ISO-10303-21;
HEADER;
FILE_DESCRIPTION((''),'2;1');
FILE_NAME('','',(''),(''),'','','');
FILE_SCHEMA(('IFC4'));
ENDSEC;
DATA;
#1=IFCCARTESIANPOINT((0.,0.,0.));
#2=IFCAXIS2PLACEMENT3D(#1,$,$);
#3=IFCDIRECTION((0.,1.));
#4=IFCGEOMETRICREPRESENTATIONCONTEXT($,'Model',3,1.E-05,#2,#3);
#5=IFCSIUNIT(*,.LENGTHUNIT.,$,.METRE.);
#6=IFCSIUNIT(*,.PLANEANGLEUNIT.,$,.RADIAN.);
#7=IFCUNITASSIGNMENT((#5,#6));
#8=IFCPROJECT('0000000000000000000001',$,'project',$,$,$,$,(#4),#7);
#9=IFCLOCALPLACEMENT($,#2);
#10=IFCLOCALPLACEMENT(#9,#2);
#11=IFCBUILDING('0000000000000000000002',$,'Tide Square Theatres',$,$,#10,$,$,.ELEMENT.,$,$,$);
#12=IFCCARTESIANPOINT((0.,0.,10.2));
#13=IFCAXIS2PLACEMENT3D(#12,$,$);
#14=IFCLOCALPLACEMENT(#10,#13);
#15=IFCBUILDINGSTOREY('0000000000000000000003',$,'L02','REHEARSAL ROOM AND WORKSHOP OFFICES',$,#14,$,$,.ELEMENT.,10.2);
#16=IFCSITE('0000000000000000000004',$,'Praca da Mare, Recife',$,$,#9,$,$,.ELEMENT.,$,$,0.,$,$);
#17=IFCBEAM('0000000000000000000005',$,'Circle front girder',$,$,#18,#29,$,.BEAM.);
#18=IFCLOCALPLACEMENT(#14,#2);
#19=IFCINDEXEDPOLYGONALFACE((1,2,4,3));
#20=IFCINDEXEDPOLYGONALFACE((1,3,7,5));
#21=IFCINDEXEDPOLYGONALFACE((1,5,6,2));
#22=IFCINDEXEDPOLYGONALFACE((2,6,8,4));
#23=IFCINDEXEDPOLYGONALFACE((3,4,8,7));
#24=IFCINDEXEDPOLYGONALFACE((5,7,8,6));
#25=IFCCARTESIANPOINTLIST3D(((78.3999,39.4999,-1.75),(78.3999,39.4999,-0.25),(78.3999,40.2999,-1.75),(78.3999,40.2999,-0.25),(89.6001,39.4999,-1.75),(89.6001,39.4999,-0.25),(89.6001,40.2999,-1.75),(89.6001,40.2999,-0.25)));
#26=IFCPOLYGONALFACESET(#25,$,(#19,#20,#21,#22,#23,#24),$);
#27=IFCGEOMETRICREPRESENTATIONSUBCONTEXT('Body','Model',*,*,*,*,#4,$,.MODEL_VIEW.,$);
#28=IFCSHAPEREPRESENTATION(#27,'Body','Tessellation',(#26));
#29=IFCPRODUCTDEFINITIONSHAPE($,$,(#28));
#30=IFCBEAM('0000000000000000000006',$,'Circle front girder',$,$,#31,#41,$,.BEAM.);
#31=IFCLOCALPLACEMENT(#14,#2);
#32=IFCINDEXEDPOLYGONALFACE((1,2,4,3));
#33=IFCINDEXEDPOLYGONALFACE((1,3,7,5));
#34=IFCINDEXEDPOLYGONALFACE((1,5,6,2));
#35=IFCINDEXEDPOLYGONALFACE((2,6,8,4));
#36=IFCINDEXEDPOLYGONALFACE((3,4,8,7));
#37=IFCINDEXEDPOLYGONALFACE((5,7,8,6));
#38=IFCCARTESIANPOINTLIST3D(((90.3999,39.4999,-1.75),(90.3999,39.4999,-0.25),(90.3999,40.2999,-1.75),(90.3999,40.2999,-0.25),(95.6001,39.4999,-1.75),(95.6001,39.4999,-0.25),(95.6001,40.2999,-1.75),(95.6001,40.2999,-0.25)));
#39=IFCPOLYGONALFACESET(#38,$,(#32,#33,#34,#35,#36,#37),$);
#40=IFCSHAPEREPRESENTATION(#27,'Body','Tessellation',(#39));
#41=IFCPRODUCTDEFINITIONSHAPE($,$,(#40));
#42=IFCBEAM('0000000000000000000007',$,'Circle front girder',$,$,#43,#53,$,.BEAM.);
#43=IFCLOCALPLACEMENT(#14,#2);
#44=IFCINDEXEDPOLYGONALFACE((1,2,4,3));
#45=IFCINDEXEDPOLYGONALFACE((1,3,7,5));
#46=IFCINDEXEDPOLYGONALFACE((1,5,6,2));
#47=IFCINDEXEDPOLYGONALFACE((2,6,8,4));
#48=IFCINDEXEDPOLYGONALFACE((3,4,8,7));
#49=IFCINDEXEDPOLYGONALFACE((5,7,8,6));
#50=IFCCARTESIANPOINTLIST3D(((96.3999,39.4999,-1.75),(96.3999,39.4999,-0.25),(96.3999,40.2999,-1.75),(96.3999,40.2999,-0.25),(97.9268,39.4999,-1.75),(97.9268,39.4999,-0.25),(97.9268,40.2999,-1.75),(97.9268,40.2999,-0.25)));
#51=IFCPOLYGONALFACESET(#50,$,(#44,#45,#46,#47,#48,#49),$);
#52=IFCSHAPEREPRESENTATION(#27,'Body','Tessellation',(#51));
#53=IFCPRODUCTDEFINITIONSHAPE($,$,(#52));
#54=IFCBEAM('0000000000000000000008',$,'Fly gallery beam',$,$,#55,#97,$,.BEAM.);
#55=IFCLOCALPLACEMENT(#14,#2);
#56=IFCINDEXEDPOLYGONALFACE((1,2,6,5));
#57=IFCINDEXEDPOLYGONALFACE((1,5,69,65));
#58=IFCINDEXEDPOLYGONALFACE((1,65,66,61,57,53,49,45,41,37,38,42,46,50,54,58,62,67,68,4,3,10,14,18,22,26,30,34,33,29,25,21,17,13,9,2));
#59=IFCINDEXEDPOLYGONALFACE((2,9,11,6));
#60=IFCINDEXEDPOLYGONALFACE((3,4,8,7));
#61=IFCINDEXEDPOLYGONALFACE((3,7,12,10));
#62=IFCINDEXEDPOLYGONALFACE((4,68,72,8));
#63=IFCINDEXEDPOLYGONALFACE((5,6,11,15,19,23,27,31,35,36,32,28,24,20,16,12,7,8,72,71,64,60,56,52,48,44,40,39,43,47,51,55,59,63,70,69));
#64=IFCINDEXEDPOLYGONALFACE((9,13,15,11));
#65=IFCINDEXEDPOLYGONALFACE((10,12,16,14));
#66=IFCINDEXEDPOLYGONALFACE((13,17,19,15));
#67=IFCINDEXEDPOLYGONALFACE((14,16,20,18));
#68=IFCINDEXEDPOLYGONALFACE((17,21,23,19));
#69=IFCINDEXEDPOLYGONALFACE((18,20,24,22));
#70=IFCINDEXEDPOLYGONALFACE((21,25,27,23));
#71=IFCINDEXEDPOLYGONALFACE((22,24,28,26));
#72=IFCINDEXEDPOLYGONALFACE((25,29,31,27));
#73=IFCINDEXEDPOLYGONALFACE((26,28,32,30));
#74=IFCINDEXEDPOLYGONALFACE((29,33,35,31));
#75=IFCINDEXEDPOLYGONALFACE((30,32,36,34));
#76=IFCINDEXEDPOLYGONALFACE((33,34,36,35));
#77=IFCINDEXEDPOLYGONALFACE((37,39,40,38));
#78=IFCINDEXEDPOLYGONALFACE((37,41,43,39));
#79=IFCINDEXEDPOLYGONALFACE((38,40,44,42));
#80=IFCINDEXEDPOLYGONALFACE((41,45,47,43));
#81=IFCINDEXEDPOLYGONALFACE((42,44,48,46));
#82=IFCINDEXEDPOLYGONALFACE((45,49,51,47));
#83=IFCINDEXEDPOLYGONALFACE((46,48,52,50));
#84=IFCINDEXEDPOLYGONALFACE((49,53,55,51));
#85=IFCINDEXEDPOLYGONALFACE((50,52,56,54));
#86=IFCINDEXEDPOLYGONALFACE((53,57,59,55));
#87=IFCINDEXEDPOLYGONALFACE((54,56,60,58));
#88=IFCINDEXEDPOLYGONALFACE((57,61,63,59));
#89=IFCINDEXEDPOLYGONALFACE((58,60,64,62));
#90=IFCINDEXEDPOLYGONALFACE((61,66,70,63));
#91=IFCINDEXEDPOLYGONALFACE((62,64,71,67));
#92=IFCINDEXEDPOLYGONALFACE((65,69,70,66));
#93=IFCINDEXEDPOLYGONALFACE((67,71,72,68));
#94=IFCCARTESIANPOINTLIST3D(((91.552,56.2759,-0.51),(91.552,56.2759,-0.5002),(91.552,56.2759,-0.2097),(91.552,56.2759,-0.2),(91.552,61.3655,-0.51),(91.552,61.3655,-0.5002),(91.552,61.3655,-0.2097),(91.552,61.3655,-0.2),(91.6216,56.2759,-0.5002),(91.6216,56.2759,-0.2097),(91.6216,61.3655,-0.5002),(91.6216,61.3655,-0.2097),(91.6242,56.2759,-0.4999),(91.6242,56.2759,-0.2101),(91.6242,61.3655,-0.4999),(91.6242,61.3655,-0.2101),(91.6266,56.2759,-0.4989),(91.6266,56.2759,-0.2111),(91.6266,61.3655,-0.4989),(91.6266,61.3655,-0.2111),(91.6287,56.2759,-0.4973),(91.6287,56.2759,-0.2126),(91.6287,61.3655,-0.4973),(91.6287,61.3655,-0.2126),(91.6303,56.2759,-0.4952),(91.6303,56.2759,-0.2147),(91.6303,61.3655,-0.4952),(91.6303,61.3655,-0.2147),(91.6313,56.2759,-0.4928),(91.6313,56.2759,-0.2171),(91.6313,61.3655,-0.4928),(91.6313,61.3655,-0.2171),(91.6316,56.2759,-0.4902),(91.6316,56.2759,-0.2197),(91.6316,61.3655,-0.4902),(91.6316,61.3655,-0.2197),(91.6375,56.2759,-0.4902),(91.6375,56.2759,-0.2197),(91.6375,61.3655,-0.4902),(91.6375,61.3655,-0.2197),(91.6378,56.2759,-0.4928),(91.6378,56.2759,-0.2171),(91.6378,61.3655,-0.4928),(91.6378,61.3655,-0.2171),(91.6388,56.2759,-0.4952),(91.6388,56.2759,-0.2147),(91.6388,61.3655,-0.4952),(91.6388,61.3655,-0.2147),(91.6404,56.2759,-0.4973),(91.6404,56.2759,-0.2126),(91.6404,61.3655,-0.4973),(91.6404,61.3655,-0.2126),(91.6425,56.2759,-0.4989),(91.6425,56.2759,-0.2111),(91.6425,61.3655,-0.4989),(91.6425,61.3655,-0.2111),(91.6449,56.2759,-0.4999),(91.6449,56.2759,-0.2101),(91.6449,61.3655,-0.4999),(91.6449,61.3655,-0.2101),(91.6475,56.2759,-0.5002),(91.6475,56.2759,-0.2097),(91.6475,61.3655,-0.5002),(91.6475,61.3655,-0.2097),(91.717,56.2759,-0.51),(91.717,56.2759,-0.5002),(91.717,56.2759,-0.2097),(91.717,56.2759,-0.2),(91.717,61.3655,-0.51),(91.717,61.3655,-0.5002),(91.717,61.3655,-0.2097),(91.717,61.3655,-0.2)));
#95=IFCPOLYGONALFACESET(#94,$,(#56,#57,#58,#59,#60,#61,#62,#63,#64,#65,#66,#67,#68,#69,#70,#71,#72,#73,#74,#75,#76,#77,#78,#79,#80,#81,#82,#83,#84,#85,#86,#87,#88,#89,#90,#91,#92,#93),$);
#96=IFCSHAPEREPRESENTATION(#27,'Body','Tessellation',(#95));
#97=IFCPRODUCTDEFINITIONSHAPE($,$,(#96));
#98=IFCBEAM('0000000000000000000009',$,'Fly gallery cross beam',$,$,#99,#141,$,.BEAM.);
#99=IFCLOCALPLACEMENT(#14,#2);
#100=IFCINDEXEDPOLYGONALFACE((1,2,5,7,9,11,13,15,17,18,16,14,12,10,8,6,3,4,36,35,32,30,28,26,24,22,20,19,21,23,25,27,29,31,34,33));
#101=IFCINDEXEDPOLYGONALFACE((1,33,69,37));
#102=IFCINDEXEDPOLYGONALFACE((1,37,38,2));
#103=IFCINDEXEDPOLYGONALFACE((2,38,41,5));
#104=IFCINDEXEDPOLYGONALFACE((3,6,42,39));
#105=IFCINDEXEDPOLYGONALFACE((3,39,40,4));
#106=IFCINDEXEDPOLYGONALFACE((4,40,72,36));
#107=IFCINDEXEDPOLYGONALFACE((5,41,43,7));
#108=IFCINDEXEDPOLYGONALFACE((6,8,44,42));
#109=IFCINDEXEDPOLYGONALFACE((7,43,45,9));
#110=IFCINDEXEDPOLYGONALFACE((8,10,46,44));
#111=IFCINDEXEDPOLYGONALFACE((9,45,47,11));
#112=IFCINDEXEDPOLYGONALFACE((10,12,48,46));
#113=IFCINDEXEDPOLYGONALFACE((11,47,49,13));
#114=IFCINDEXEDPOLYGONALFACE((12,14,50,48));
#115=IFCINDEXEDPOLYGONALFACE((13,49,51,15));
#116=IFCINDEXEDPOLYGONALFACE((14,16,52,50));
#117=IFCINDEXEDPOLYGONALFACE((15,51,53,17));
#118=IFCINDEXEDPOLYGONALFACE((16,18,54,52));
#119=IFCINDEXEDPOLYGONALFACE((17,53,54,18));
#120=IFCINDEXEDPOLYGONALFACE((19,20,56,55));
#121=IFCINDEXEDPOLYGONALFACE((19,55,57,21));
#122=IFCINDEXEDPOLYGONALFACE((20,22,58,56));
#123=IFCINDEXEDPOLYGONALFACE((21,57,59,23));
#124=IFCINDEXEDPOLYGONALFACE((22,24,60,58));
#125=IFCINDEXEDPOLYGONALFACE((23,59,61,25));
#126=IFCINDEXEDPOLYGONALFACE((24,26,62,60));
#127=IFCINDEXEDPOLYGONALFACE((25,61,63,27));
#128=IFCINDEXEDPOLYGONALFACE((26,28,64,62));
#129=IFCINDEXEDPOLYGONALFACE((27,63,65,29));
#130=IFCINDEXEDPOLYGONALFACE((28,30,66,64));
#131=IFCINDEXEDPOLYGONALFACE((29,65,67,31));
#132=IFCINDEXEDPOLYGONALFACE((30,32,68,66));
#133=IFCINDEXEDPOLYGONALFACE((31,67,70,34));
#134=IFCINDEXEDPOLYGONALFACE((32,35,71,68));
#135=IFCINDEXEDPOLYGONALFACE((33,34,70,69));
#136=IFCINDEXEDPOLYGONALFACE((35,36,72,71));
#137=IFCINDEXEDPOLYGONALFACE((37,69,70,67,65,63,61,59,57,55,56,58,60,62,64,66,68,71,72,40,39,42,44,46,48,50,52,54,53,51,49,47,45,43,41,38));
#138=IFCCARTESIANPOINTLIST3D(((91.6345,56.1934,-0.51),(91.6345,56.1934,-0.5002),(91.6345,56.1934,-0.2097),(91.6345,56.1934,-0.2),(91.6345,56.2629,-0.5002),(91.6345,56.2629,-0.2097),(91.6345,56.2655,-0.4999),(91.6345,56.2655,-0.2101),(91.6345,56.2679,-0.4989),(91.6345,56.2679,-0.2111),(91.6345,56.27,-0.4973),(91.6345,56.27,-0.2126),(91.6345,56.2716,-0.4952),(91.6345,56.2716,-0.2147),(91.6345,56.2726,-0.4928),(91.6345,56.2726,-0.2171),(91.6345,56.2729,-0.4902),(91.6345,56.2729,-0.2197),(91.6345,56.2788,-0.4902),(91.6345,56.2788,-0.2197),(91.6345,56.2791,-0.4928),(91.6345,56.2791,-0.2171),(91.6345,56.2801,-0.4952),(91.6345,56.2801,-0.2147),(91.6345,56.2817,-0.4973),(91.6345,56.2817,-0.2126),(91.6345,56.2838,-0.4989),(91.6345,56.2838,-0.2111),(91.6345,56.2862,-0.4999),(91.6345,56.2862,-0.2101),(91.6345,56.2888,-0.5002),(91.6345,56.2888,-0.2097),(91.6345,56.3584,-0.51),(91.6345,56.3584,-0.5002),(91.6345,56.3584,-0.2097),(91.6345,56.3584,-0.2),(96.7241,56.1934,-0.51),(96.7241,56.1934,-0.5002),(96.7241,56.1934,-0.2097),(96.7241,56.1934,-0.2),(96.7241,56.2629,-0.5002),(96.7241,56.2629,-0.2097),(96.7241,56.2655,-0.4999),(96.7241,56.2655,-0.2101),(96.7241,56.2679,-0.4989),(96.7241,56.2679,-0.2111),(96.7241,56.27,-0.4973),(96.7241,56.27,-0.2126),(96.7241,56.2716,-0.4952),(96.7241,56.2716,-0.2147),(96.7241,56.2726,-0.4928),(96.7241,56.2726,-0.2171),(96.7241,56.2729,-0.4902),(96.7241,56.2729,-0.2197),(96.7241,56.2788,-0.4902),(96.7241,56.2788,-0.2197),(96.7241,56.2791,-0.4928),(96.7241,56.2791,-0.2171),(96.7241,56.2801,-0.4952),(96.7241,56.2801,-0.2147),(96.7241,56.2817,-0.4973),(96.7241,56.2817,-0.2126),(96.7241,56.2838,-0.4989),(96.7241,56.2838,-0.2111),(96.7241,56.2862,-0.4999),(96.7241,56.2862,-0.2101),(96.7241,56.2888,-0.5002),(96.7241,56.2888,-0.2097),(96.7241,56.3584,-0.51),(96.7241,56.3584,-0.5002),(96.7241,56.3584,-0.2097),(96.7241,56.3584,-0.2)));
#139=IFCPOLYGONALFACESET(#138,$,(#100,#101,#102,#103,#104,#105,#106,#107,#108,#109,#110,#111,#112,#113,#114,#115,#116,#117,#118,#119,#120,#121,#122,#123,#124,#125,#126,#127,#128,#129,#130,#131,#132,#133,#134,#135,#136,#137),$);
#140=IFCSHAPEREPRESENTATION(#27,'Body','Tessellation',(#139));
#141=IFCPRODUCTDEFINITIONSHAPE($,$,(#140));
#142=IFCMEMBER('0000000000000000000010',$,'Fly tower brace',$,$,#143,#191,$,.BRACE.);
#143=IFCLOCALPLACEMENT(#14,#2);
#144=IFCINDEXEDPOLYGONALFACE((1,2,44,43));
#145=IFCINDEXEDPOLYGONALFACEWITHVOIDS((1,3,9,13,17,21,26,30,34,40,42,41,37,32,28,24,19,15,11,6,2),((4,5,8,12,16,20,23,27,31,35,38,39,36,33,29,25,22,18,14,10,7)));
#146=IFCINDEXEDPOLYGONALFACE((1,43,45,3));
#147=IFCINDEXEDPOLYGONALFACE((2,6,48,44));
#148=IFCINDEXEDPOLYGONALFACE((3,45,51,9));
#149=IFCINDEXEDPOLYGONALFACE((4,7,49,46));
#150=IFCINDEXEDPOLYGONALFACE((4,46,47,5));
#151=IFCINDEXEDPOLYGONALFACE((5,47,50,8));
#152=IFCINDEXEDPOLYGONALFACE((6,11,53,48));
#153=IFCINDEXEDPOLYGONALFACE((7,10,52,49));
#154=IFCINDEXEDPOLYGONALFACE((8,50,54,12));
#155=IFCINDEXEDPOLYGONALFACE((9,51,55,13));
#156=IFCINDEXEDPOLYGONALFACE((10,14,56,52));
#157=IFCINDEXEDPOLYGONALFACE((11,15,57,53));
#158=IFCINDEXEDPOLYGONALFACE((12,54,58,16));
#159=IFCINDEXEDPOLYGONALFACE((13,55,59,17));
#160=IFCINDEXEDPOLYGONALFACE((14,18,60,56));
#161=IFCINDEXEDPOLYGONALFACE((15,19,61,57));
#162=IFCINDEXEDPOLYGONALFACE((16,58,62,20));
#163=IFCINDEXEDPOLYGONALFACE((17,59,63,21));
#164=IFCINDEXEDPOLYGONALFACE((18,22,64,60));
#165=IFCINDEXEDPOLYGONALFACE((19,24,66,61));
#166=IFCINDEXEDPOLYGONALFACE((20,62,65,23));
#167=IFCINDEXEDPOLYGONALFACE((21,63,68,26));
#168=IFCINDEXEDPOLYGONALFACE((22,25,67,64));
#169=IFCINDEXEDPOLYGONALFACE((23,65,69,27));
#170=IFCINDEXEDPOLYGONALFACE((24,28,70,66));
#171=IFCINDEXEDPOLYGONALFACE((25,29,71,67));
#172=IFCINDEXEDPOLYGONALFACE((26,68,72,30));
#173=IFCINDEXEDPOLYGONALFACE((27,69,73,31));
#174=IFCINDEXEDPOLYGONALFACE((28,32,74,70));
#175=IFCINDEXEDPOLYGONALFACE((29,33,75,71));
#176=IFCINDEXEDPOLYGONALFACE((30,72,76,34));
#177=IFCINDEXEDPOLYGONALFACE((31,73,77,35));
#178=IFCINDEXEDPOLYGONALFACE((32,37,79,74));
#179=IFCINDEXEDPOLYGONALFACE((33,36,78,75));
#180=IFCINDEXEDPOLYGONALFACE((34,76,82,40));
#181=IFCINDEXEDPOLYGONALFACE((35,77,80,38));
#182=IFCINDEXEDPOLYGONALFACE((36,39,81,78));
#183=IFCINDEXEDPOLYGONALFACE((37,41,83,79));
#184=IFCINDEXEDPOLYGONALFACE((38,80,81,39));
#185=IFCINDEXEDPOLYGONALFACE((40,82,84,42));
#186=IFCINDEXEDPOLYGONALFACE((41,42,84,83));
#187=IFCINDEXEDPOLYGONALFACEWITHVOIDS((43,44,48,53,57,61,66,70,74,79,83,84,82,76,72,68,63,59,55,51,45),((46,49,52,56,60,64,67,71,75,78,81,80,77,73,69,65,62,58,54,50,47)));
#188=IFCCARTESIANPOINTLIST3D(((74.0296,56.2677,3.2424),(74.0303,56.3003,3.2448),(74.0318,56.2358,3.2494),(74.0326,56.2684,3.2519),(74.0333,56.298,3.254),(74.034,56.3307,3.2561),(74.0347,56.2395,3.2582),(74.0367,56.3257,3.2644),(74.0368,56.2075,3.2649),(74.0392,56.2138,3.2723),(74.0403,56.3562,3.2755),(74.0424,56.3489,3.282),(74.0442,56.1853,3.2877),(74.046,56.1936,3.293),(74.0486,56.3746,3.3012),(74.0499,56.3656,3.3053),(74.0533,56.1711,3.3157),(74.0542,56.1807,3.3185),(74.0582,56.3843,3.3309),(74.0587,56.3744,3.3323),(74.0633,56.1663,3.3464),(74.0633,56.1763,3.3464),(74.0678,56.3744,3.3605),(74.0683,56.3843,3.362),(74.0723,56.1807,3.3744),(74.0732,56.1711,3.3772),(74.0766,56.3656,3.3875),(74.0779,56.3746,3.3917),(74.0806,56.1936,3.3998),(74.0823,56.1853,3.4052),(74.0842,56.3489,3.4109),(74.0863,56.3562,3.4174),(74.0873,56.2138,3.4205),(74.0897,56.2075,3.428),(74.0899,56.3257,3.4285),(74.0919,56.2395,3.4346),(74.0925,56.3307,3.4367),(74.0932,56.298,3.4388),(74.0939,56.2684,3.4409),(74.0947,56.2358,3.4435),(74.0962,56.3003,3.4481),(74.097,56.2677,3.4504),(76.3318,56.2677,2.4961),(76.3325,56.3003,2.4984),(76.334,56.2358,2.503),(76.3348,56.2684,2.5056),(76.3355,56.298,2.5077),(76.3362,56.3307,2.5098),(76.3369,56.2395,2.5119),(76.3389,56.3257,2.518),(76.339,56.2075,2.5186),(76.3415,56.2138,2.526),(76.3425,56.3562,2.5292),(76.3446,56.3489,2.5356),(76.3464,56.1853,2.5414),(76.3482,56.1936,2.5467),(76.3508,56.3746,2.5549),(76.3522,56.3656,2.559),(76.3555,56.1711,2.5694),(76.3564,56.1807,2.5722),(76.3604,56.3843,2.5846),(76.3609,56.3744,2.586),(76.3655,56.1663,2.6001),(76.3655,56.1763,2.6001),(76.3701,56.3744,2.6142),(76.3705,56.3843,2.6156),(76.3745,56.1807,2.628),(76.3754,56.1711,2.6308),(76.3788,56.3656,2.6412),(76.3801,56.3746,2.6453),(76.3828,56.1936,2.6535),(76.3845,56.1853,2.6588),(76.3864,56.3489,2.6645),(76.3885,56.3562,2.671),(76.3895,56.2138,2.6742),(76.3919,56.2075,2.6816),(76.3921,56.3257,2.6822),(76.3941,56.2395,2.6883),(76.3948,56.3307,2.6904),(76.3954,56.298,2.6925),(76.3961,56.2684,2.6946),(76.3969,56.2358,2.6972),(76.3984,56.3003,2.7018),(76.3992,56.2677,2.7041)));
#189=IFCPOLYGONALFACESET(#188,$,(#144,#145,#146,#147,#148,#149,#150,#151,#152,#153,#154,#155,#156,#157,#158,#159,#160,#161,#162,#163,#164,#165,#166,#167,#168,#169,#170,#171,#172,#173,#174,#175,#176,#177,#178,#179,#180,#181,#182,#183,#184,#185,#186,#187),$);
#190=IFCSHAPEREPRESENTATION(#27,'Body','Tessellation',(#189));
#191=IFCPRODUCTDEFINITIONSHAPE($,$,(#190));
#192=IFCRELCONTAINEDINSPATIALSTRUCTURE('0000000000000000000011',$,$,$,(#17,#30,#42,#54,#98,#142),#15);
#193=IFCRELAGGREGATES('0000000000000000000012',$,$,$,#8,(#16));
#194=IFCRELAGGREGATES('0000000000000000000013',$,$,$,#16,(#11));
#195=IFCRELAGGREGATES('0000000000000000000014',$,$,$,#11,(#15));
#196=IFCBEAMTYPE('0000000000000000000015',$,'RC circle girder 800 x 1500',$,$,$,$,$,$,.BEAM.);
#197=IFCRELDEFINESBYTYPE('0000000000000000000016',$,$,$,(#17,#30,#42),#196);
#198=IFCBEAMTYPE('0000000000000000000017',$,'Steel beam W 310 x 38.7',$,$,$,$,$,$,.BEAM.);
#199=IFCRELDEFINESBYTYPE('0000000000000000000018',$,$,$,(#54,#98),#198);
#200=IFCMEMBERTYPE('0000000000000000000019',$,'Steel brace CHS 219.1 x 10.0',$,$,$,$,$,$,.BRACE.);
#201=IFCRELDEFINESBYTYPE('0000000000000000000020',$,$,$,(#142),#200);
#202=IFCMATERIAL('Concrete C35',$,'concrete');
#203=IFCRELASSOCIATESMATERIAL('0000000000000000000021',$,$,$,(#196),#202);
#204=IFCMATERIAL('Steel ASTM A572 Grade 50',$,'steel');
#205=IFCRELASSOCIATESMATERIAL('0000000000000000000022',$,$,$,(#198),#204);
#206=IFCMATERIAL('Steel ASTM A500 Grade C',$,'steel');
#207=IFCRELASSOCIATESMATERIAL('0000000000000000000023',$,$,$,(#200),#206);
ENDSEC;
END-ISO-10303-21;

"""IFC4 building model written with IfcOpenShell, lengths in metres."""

from ifc_helpers import new_model, si_unit, direction, frame, origin, origin_2d, place, context, subcontext, project, spatial, rectangle, hollow_circle, i_section, extrude, material, material_profile, profile_set, type_object, element, save


model = new_model("IFC4")

# Units and contexts
model_context = context("Model", 3, precision=1e-05, world=origin(), true_north=direction((0.0, 1.0)))
body_context = subcontext(model_context, "Body", "Model", "MODEL_VIEW")
ifc_project = project(units=[si_unit("LENGTHUNIT", "METRE"), si_unit("PLANEANGLEUNIT", "RADIAN")], contexts=[model_context])

# Site, building, storey
site_placement = place(None, origin())
site = spatial("IfcSite", under=ifc_project, at=site_placement, Name="Praca da Mare, Recife", CompositionType="ELEMENT", RefElevation=0.0)
building_placement = place(site_placement, origin())
building = spatial("IfcBuilding", under=site, at=building_placement, Name="Tide Square Theatres", CompositionType="ELEMENT")
storey_placement = place(building_placement, frame((0.0, 0.0, 10.2)))
storey = spatial("IfcBuildingStorey", under=building, at=storey_placement, Name="L02", Description="REHEARSAL ROOM AND WORKSHOP OFFICES", CompositionType="ELEMENT", Elevation=10.2)

# Beams
ifc_material_1 = material(Name="Concrete C35", Category="concrete")
ifc_material_profile_1 = material_profile(ifc_material_1, rectangle(XDim=0.8, YDim=1.5, at=origin_2d()))
ifc_profile_set_1 = profile_set([ifc_material_profile_1], Name="Concrete C35")
beam_type_1 = type_object("IfcBeamType", Name="RC circle girder 800 x 1500", PredefinedType="BEAM", material=ifc_profile_set_1)
beam_1_placement = place(storey_placement, frame((78.3999, 39.8999, -1.0), z_axis=(1.0, 0.0, 0.0), x_axis=(0.0, 1.0, 0.0)))
element("IfcBeam", 1, at=beam_1_placement, inside=storey, type_object=beam_type_1, Name="Circle front girder", PredefinedType="BEAM", context=body_context, shape_type="SweptSolid", body=[
    extrude(rectangle(XDim=0.8, YDim=1.5, at=origin_2d()), origin(), (0.0, 0.0, 1.0), 11.2002),
])
beam_2_placement = place(storey_placement, frame((90.3999, 39.8999, -1.0), z_axis=(1.0, 0.0, 0.0), x_axis=(0.0, 1.0, 0.0)))
element("IfcBeam", 2, at=beam_2_placement, inside=storey, type_object=beam_type_1, Name="Circle front girder", PredefinedType="BEAM", context=body_context, shape_type="SweptSolid", body=[
    extrude(rectangle(XDim=0.8, YDim=1.5, at=origin_2d()), origin(), (0.0, 0.0, 1.0), 5.2002),
])
beam_3_placement = place(storey_placement, frame((96.3999, 39.8999, -1.0), z_axis=(1.0, 0.0, 0.0), x_axis=(0.0, 1.0, 0.0)))
element("IfcBeam", 3, at=beam_3_placement, inside=storey, type_object=beam_type_1, Name="Circle front girder", PredefinedType="BEAM", context=body_context, shape_type="SweptSolid", body=[
    extrude(rectangle(XDim=0.8, YDim=1.5, at=origin_2d()), origin(), (0.0, 0.0, 1.0), 1.5269),
])
ifc_material_2 = material(Name="Steel ASTM A572 Grade 50", Category="steel")
ifc_material_profile_2 = material_profile(ifc_material_2, i_section(OverallWidth=0.165, OverallDepth=0.3101, WebThickness=0.0059, FlangeThickness=0.0098, FilletRadius=0.01, at=origin_2d()))
ifc_profile_set_2 = profile_set([ifc_material_profile_2], Name="Steel ASTM A572 Grade 50")
beam_type_2 = type_object("IfcBeamType", Name="Steel beam W 310 x 38.7", PredefinedType="BEAM", material=ifc_profile_set_2)
for number, where, z_axis, x_axis, name in (
    (4, (91.6345, 56.2759, -0.355), (0.0, 1.0, 0.0), (-1.0, 0.0, 0.0), "Fly gallery beam"),
    (5, (91.6345, 56.2759, -0.355), (1.0, 0.0, 0.0), (0.0, 1.0, 0.0), "Fly gallery cross beam"),
):
    element("IfcBeam", number, at=place(storey_placement, frame(where, z_axis=z_axis, x_axis=x_axis)), inside=storey, type_object=beam_type_2, Name=name, PredefinedType="BEAM", context=body_context, shape_type="SweptSolid", body=[
        extrude(i_section(OverallWidth=0.165, OverallDepth=0.3101, WebThickness=0.0059, FlangeThickness=0.0098, FilletRadius=0.01, at=origin_2d()), origin(), (0.0, 0.0, 1.0), 5.0896),
    ])

# Member
ifc_material_3 = material(Name="Steel ASTM A500 Grade C", Category="steel")
ifc_material_profile_3 = material_profile(ifc_material_3, hollow_circle(Radius=0.1096, WallThickness=0.01, at=origin_2d()))
ifc_profile_set_3 = profile_set([ifc_material_profile_3], Name="Steel ASTM A500 Grade C")
member_type = type_object("IfcMemberType", Name="Steel brace CHS 219.1 x 10.0", PredefinedType="BRACE", material=ifc_profile_set_3)
member_1_placement = place(storey_placement, frame((76.3655, 56.2759, 2.6001), z_axis=(-0.951264, 0.0, 0.308379), x_axis=(0.0, -1.0, 0.0)))
element("IfcMember", 6, at=member_1_placement, inside=storey, type_object=member_type, Name="Fly tower brace", PredefinedType="BRACE", context=body_context, shape_type="SweptSolid", body=[
    extrude(hollow_circle(Radius=0.1096, WallThickness=0.01, at=origin_2d()), origin(), (0.0, 0.0, 1.0), 2.4202),
])

save(model, "model.ifc")
